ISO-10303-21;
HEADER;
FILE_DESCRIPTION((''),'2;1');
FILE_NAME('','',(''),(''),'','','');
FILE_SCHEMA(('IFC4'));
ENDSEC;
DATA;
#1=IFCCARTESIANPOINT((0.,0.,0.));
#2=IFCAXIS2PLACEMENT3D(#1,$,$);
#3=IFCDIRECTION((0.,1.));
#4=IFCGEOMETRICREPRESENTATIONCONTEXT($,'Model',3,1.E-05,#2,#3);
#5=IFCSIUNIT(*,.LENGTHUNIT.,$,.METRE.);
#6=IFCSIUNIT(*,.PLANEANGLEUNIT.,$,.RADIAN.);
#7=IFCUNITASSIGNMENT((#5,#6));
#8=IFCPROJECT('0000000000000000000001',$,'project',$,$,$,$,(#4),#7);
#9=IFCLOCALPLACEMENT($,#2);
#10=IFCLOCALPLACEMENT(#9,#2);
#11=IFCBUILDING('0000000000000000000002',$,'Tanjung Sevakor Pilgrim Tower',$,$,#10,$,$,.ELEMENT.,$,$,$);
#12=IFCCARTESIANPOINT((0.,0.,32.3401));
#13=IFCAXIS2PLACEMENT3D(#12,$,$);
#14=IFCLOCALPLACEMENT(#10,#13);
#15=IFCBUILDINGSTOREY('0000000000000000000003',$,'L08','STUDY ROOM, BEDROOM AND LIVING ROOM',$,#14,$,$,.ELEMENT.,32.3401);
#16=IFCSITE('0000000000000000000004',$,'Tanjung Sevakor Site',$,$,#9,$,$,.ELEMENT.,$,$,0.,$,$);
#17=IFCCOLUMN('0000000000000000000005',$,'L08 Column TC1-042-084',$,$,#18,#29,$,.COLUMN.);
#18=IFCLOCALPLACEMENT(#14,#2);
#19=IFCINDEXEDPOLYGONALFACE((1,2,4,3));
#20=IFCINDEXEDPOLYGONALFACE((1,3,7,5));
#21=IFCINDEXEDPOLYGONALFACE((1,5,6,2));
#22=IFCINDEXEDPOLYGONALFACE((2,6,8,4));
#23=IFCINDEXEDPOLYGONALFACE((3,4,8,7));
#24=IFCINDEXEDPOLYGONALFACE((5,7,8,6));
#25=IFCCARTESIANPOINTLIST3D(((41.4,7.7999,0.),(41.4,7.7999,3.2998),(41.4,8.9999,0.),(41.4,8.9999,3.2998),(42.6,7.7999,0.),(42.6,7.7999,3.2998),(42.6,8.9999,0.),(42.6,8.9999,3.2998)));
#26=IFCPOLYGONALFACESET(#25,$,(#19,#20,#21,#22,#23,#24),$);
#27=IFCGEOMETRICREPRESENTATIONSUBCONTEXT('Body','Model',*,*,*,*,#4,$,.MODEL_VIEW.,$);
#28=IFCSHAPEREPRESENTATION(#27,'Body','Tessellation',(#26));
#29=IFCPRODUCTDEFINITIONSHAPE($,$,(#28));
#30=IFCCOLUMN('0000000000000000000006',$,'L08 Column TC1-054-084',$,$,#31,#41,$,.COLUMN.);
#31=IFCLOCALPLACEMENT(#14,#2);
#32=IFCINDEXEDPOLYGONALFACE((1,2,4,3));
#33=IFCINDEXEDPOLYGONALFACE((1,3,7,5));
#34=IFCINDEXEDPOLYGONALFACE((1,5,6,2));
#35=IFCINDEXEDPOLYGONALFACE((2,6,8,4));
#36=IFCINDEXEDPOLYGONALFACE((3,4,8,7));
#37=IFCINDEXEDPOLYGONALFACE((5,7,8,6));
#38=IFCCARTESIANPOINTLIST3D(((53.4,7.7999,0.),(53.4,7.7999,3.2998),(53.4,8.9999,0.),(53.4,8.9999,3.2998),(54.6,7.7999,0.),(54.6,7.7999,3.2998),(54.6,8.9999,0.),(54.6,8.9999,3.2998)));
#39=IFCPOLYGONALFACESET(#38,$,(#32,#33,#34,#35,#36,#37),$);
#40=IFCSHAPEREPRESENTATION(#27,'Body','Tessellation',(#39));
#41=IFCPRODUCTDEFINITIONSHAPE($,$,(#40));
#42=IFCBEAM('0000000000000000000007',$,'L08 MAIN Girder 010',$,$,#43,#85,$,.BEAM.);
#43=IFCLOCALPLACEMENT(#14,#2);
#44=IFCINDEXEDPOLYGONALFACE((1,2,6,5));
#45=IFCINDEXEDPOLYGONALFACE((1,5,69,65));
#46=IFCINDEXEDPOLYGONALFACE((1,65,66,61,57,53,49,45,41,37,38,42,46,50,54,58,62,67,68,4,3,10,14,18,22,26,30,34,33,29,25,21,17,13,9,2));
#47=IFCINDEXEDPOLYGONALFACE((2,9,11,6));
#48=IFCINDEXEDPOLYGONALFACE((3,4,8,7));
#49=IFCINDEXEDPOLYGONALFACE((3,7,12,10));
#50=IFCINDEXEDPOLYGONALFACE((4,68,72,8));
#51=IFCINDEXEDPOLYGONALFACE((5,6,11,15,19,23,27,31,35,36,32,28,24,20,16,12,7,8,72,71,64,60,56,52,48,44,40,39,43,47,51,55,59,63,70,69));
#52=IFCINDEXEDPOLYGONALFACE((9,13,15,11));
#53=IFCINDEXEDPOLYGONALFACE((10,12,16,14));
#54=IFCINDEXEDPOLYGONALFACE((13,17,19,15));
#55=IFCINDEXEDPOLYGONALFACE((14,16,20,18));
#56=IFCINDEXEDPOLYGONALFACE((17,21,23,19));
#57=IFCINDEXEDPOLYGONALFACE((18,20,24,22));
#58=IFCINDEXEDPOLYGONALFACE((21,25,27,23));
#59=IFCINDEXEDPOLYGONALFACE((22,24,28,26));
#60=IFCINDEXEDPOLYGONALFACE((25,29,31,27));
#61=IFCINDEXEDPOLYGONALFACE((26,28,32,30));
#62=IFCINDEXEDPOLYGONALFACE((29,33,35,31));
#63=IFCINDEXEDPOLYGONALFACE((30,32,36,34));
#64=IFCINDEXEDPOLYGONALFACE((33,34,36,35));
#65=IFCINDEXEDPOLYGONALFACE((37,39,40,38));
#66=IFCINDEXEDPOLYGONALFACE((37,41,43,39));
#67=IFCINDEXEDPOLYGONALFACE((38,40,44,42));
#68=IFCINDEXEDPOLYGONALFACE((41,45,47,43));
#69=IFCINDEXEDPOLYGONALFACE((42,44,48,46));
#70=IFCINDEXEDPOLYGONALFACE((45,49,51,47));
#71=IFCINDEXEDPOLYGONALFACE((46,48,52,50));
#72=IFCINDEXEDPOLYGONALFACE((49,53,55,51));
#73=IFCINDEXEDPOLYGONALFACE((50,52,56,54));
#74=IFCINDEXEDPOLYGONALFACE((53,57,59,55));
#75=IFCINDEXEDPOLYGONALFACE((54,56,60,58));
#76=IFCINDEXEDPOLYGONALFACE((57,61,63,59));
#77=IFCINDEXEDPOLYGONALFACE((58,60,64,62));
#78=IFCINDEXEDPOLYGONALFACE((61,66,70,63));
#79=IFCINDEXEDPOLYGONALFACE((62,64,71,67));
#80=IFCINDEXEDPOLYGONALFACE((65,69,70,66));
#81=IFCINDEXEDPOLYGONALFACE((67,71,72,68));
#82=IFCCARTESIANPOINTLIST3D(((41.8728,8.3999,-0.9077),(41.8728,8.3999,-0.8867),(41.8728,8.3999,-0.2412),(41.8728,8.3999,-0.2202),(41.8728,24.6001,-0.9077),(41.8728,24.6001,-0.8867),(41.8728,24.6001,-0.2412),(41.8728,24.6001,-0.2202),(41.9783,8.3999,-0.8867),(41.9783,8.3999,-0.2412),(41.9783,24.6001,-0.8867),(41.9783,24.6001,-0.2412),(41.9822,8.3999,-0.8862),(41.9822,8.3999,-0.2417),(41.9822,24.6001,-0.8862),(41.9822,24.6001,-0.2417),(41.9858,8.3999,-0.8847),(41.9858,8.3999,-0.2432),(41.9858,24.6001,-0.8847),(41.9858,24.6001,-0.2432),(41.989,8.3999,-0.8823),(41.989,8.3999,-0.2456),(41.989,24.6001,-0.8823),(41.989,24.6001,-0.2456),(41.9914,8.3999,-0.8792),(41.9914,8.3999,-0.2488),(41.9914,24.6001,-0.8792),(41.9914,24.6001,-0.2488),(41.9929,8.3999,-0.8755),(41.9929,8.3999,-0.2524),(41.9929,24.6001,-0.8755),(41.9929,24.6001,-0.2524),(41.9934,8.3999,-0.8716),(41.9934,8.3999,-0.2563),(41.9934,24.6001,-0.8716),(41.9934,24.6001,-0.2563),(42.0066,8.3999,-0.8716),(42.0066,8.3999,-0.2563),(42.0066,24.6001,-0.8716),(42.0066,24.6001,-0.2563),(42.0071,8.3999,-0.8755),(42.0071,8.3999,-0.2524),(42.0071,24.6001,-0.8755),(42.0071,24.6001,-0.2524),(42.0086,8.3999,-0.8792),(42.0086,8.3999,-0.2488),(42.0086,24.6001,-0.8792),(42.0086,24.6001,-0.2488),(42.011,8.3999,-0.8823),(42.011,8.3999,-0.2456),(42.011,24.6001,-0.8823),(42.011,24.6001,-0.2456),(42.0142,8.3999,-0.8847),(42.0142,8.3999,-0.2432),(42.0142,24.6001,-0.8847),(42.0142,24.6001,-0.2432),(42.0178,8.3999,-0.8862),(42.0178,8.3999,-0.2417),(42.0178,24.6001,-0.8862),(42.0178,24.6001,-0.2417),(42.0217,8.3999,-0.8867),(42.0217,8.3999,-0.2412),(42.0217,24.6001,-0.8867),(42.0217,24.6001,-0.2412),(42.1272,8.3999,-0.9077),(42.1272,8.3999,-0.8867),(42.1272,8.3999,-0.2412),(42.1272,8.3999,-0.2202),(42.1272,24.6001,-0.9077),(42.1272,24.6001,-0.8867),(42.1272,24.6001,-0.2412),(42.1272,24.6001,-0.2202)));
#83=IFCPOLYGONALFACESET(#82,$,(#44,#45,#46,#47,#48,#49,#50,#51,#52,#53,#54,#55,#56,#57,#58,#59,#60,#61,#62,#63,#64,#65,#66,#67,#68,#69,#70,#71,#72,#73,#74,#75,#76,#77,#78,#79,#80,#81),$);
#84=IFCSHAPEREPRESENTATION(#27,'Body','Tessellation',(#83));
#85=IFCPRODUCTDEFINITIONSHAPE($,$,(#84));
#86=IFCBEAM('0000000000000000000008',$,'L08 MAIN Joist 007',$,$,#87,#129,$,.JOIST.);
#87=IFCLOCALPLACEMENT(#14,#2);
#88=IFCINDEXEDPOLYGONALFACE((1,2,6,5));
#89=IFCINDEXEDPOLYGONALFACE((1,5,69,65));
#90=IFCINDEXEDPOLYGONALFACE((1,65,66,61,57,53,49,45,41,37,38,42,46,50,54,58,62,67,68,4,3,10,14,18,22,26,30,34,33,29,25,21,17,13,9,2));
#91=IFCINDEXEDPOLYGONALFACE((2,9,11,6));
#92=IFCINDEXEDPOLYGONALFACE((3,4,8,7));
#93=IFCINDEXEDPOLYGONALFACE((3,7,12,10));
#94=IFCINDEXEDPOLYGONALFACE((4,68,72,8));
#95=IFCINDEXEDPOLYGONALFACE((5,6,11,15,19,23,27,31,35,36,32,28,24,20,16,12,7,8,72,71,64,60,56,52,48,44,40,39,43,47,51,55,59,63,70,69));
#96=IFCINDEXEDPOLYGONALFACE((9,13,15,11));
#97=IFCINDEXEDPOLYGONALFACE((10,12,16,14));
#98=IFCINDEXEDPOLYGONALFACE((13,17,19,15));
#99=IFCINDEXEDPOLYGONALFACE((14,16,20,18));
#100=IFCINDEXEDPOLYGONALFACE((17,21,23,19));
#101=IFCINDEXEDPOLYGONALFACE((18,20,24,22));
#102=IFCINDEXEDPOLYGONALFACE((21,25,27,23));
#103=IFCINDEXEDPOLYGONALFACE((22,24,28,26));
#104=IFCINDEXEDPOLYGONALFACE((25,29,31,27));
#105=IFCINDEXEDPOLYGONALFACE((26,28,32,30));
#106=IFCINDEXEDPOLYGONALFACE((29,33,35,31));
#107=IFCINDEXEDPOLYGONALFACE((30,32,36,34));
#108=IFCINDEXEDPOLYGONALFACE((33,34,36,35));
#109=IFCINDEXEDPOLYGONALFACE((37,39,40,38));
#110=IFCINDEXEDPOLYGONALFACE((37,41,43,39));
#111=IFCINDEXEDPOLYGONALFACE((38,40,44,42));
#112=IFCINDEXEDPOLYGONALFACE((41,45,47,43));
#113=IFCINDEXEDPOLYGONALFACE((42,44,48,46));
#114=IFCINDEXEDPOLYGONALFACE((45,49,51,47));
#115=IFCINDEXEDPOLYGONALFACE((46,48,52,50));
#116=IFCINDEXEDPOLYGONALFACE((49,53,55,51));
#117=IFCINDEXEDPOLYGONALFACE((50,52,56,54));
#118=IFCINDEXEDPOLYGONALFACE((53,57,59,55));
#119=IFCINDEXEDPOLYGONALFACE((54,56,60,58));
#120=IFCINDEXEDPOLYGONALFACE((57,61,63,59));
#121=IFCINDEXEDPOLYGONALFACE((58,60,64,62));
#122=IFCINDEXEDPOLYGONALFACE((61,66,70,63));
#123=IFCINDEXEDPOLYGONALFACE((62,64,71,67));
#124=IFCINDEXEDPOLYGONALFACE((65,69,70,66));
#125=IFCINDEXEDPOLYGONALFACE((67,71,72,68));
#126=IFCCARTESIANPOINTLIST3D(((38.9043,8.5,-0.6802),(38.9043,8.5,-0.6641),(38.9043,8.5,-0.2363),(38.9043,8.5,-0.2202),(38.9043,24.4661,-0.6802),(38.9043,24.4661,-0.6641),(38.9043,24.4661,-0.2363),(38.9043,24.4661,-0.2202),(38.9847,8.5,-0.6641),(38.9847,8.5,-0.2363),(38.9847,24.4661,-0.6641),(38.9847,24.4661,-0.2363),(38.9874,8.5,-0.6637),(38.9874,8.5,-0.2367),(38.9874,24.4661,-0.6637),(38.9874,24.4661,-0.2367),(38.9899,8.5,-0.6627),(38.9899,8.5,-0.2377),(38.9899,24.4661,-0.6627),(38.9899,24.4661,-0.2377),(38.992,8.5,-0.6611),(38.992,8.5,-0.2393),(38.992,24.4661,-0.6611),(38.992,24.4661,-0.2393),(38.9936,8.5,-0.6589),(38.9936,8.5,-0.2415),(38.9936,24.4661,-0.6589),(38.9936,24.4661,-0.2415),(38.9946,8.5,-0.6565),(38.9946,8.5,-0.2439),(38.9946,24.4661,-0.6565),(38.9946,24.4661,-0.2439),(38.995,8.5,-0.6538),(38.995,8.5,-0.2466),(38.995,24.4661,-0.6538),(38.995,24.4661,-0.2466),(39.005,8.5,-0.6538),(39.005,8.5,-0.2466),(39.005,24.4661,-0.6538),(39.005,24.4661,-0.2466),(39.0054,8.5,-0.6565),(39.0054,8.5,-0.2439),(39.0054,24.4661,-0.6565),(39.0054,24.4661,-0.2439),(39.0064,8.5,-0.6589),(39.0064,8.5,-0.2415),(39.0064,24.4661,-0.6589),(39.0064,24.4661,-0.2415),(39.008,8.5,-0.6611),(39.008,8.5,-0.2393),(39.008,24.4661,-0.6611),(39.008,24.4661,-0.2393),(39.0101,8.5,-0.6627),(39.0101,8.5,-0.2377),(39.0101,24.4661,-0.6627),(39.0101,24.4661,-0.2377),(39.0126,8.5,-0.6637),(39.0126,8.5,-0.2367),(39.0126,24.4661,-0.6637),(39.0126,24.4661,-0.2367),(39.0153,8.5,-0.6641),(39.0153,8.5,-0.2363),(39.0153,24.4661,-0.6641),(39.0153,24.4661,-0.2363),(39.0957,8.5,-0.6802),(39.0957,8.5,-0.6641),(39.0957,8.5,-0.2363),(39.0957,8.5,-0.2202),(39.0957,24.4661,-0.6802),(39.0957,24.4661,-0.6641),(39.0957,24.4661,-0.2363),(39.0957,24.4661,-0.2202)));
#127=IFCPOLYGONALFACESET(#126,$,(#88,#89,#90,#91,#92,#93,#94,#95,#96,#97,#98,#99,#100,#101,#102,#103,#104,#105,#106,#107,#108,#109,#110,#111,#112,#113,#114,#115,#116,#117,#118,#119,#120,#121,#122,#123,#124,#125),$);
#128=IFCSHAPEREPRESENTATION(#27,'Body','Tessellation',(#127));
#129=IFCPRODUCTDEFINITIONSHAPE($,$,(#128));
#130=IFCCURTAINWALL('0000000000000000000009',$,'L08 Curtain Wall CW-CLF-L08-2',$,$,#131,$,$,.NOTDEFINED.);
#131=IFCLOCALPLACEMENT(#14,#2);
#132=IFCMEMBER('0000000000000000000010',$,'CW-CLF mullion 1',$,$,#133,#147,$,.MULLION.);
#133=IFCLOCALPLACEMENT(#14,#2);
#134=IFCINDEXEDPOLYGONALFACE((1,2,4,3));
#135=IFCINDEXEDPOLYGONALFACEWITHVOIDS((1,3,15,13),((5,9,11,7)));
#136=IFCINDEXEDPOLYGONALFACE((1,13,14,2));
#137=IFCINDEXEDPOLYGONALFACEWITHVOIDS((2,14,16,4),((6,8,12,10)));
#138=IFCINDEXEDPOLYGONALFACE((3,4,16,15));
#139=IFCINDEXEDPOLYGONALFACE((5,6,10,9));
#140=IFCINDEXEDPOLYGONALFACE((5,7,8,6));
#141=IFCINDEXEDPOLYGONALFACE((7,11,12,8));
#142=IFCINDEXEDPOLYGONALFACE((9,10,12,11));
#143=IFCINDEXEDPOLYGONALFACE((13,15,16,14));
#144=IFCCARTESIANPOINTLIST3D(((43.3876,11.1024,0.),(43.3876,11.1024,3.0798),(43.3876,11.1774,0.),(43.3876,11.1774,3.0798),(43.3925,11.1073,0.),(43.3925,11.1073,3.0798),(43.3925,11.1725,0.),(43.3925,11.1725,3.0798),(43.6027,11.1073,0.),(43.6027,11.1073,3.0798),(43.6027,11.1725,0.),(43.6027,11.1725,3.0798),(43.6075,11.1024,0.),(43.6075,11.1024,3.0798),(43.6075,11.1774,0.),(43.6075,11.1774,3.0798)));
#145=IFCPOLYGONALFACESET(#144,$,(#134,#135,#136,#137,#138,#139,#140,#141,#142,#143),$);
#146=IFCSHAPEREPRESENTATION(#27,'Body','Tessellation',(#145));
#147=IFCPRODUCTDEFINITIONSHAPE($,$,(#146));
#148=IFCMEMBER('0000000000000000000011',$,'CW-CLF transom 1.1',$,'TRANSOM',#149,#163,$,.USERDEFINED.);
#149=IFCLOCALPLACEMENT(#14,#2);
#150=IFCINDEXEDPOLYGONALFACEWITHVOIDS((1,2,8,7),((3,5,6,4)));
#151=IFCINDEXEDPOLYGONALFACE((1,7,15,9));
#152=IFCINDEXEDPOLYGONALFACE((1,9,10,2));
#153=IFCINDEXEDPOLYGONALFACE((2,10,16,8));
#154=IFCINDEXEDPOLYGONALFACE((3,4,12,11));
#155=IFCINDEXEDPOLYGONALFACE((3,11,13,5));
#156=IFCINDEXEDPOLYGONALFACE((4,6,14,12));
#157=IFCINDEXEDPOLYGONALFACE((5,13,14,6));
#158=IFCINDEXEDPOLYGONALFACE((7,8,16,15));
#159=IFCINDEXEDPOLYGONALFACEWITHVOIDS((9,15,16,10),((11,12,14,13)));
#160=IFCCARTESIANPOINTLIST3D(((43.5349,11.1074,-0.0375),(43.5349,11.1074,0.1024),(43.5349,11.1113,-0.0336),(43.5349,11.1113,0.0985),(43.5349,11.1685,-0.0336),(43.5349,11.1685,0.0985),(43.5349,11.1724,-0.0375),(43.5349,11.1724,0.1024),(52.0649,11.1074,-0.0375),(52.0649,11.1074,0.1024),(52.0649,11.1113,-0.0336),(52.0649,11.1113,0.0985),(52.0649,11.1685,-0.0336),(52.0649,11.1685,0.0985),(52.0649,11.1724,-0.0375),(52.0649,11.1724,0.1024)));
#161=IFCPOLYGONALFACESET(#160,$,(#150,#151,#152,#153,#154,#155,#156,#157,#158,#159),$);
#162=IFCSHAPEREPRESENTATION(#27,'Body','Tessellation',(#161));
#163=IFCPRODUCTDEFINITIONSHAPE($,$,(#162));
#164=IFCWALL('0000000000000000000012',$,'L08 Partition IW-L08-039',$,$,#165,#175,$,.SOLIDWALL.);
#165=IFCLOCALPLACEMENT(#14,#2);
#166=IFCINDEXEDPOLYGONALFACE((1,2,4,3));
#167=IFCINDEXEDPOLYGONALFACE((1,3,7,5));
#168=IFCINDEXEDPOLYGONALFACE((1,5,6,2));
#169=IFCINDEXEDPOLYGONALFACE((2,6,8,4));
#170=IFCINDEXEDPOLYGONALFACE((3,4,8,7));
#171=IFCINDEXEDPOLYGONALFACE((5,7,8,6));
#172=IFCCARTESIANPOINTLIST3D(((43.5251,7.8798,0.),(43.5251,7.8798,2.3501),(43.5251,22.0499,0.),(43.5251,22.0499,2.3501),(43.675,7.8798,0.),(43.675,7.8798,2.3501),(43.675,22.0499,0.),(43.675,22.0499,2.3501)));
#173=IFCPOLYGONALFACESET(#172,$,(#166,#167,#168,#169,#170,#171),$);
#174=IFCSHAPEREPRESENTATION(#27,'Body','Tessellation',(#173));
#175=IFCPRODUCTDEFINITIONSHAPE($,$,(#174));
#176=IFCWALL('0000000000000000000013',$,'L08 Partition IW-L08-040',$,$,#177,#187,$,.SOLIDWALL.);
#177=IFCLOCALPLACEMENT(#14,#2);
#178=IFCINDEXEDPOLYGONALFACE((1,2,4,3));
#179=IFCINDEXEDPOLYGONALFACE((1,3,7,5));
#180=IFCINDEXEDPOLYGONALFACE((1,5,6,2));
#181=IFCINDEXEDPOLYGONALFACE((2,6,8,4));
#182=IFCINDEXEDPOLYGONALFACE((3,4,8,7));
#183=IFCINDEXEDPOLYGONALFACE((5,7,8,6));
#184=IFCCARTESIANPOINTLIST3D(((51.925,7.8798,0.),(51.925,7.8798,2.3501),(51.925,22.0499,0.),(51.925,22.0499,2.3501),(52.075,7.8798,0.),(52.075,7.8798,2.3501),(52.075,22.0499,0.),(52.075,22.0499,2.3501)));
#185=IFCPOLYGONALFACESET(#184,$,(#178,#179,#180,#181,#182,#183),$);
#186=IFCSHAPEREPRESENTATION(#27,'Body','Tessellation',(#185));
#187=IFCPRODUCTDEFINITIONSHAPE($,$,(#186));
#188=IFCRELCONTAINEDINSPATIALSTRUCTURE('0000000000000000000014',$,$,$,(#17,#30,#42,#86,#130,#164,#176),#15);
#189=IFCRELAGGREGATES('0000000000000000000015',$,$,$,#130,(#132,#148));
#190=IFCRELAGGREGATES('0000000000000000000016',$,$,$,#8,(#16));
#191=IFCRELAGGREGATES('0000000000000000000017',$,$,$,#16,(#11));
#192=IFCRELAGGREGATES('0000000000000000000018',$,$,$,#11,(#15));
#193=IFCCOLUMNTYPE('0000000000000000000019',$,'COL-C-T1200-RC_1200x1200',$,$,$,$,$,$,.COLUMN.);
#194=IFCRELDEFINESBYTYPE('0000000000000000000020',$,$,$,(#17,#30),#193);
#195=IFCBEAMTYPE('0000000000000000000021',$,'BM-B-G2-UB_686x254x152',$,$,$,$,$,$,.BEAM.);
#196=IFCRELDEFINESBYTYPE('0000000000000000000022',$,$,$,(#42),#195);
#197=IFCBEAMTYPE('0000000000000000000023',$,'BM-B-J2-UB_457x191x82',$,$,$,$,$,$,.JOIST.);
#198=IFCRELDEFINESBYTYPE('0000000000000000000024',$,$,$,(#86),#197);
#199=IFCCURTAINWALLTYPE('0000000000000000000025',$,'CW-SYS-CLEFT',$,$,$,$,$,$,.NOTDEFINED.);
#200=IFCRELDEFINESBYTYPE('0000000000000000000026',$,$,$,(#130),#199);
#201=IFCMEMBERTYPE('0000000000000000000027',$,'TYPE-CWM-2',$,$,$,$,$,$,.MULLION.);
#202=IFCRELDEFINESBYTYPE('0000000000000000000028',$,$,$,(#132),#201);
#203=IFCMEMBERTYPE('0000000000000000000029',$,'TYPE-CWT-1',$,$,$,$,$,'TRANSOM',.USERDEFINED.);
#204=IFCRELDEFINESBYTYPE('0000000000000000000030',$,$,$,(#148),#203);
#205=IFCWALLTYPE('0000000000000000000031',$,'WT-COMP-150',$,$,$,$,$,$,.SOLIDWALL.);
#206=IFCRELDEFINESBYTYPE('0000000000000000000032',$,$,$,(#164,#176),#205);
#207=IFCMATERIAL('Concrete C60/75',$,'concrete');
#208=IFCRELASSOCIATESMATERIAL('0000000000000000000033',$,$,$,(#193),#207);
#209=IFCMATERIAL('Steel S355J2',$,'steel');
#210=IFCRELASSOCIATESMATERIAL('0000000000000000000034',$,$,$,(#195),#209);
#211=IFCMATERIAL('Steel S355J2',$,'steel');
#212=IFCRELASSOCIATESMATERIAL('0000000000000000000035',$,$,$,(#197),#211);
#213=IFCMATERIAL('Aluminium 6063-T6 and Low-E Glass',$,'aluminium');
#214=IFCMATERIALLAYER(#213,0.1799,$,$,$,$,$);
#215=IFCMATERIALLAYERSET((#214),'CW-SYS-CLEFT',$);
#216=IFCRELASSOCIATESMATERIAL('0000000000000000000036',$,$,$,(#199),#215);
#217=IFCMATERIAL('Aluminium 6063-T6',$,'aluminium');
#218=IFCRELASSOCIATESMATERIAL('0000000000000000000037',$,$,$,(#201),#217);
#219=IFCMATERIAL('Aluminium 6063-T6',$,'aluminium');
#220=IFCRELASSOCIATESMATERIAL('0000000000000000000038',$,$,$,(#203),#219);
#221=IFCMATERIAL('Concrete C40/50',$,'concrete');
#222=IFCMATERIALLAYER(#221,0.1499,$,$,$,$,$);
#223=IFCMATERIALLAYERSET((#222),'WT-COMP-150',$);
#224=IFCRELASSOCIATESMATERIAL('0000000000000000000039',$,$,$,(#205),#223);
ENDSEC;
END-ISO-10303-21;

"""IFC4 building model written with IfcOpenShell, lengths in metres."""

from ifc_helpers import new_model, si_unit, direction, frame, frame_2d, origin, origin_2d, place, context, subcontext, project, spatial, rectangle, hollow_rectangle, i_section, extrude, material, layer, layer_set, material_profile, profile_set, type_object, element, aggregate, save


model = new_model("IFC4")

# Units and contexts
model_context = context("Model", 3, precision=1e-05, world=origin(), true_north=direction((0.0, 1.0)))
body_context = subcontext(model_context, "Body", "Model", "MODEL_VIEW")
ifc_project = project(units=[si_unit("LENGTHUNIT", "METRE"), si_unit("PLANEANGLEUNIT", "RADIAN")], contexts=[model_context])

# Site, building, storey
site_placement = place(None, origin())
site = spatial("IfcSite", under=ifc_project, at=site_placement, Name="Tanjung Sevakor Site", CompositionType="ELEMENT", RefElevation=0.0)
building_placement = place(site_placement, origin())
building = spatial("IfcBuilding", under=site, at=building_placement, Name="Tanjung Sevakor Pilgrim Tower", CompositionType="ELEMENT")
storey_placement = place(building_placement, frame((0.0, 0.0, 32.3401)))
storey = spatial("IfcBuildingStorey", under=building, at=storey_placement, Name="L08", Description="STUDY ROOM, BEDROOM AND LIVING ROOM", CompositionType="ELEMENT", Elevation=32.3401)

# Columns
ifc_material_1 = material(Name="Concrete C60/75", Category="concrete")
ifc_material_profile_1 = material_profile(ifc_material_1, rectangle(XDim=1.2, YDim=1.2, at=origin_2d()))
ifc_profile_set_1 = profile_set([ifc_material_profile_1], Name="Concrete C60/75")
column_type = type_object("IfcColumnType", Name="COL-C-T1200-RC_1200x1200", PredefinedType="COLUMN", material=ifc_profile_set_1)
for number, where, z_axis, x_axis, name in (
    (1, (42.0, 8.3999, 0.0), (0.0, 0.0, 1.0), (1.0, 0.0, 0.0), "L08 Column TC1-042-084"),
    (2, (54.0, 8.3999, 0.0), (0.0, 0.0, 1.0), (1.0, 0.0, 0.0), "L08 Column TC1-054-084"),
):
    element("IfcColumn", number, at=place(storey_placement, frame(where, z_axis=z_axis, x_axis=x_axis)), inside=storey, type_object=column_type, Name=name, PredefinedType="COLUMN", context=body_context, shape_type="SweptSolid", body=[
        extrude(rectangle(XDim=1.2, YDim=1.2, at=origin_2d()), origin(), (0.0, 0.0, 1.0), 3.2998),
    ])

# Beams
ifc_material_2 = material(Name="Steel S355J2", Category="steel")
ifc_material_profile_2 = material_profile(ifc_material_2, i_section(OverallWidth=0.2544, OverallDepth=0.6875, WebThickness=0.0132, FlangeThickness=0.021, FilletRadius=0.0151, at=origin_2d()))
ifc_profile_set_2 = profile_set([ifc_material_profile_2], Name="Steel S355J2")
beam_type_1 = type_object("IfcBeamType", Name="BM-B-G2-UB_686x254x152", PredefinedType="BEAM", material=ifc_profile_set_2)
beam_1_placement = place(storey_placement, frame((42.0, 8.3999, -0.564), z_axis=(0.0, 1.0, 0.0), x_axis=(-1.0, 0.0, 0.0)))
element("IfcBeam", 3, at=beam_1_placement, inside=storey, type_object=beam_type_1, Name="L08 MAIN Girder 010", PredefinedType="BEAM", context=body_context, shape_type="SweptSolid", body=[
    extrude(i_section(OverallWidth=0.2544, OverallDepth=0.6875, WebThickness=0.0132, FlangeThickness=0.021, FilletRadius=0.0151, at=origin_2d()), origin(), (0.0, 0.0, 1.0), 16.2002),
])
ifc_material_3 = material(Name="Steel S355J2", Category="steel")
ifc_material_profile_3 = material_profile(ifc_material_3, i_section(OverallWidth=0.1914, OverallDepth=0.46, WebThickness=0.01, FlangeThickness=0.0161, FilletRadius=0.0103, at=origin_2d()))
ifc_profile_set_3 = profile_set([ifc_material_profile_3], Name="Steel S355J2")
beam_type_2 = type_object("IfcBeamType", Name="BM-B-J2-UB_457x191x82", PredefinedType="JOIST", material=ifc_profile_set_3)
beam_2_placement = place(storey_placement, frame((39.0, 8.5, -0.4502), z_axis=(0.0, 1.0, 0.0), x_axis=(-1.0, 0.0, 0.0)))
element("IfcBeam", 4, at=beam_2_placement, inside=storey, type_object=beam_type_2, Name="L08 MAIN Joist 007", PredefinedType="JOIST", context=body_context, shape_type="SweptSolid", body=[
    extrude(i_section(OverallWidth=0.1914, OverallDepth=0.46, WebThickness=0.01, FlangeThickness=0.0161, FilletRadius=0.0103, at=origin_2d()), origin(), (0.0, 0.0, 1.0), 15.9661),
])

# Curtain wall, members
ifc_material_4 = material(Name="Aluminium 6063-T6 and Low-E Glass", Category="aluminium")
ifc_layer_1 = layer(ifc_material_4, 0.1799)
ifc_layer_set_1 = layer_set([ifc_layer_1], Name="CW-SYS-CLEFT")
curtain_wall_type = type_object("IfcCurtainWallType", Name="CW-SYS-CLEFT", PredefinedType="NOTDEFINED", material=ifc_layer_set_1)
curtain_wall_placement = place(storey_placement, origin())
curtain_wall = element("IfcCurtainWall", 5, at=curtain_wall_placement, inside=storey, type_object=curtain_wall_type, Name="L08 Curtain Wall CW-CLF-L08-2", PredefinedType="NOTDEFINED")
ifc_material_5 = material(Name="Aluminium 6063-T6", Category="aluminium")
ifc_material_profile_4 = material_profile(ifc_material_5, hollow_rectangle(XDim=0.075, YDim=0.22, WallThickness=0.0049, at=origin_2d()))
ifc_profile_set_4 = profile_set([ifc_material_profile_4], Name="Aluminium 6063-T6")
member_type_1 = type_object("IfcMemberType", Name="TYPE-CWM-2", PredefinedType="MULLION", material=ifc_profile_set_4)
member_1_placement = place(storey_placement, frame((43.4976, 11.1399, 0.0), z_axis=(0.0, 0.0, 1.0), x_axis=(0.0, 1.0, 0.0)))
member_1 = element("IfcMember", 6, at=member_1_placement, type_object=member_type_1, Name="CW-CLF mullion 1", PredefinedType="MULLION", context=body_context, shape_type="SweptSolid", body=[
    extrude(hollow_rectangle(XDim=0.075, YDim=0.22, WallThickness=0.0049, at=origin_2d()), origin(), (0.0, 0.0, 1.0), 3.0798),
])
ifc_material_6 = material(Name="Aluminium 6063-T6", Category="aluminium")
ifc_material_profile_5 = material_profile(ifc_material_6, hollow_rectangle(XDim=0.0649, YDim=0.1399, WallThickness=0.0039, at=origin_2d()))
ifc_profile_set_5 = profile_set([ifc_material_profile_5], Name="Aluminium 6063-T6")
member_type_2 = type_object("IfcMemberType", Name="TYPE-CWT-1", ElementType="TRANSOM", PredefinedType="USERDEFINED", material=ifc_profile_set_5)
member_2_placement = place(storey_placement, frame((43.5349, 11.1399, 0.0325), z_axis=(1.0, 0.0, 0.0), x_axis=(0.0, 1.0, 0.0)))
member_2 = element("IfcMember", 7, at=member_2_placement, type_object=member_type_2, Name="CW-CLF transom 1.1", ObjectType="TRANSOM", PredefinedType="USERDEFINED", context=body_context, shape_type="SweptSolid", body=[
    extrude(hollow_rectangle(XDim=0.0649, YDim=0.1399, WallThickness=0.0039, at=origin_2d()), origin(), (0.0, 0.0, 1.0), 8.53),
])
aggregate(curtain_wall, [member_1, member_2])

# Walls
ifc_material_7 = material(Name="Concrete C40/50", Category="concrete")
ifc_layer_2 = layer(ifc_material_7, 0.1499)
ifc_layer_set_2 = layer_set([ifc_layer_2], Name="WT-COMP-150")
wall_type_1 = type_object("IfcWallType", Name="WT-COMP-150", PredefinedType="SOLIDWALL", material=ifc_layer_set_2)
for number, where, z_axis, x_axis, name in (
    (8, (43.6001, 7.8799, 0.0), (0.0, 0.0, 1.0), (0.0, 1.0, 0.0), "L08 Partition IW-L08-039"),
    (9, (52.0, 7.8799, 0.0), (0.0, 0.0, 1.0), (0.0, 1.0, 0.0), "L08 Partition IW-L08-040"),
):
    element("IfcWall", number, at=place(storey_placement, frame(where, z_axis=z_axis, x_axis=x_axis)), inside=storey, type_object=wall_type_1, Name=name, PredefinedType="SOLIDWALL", context=body_context, shape_type="SweptSolid", body=[
        extrude(rectangle(XDim=14.1702, YDim=0.1499, at=frame_2d((7.085, 0.0))), origin(), (0.0, 0.0, 1.0), 2.3501),
    ])

save(model, "model.ifc")
